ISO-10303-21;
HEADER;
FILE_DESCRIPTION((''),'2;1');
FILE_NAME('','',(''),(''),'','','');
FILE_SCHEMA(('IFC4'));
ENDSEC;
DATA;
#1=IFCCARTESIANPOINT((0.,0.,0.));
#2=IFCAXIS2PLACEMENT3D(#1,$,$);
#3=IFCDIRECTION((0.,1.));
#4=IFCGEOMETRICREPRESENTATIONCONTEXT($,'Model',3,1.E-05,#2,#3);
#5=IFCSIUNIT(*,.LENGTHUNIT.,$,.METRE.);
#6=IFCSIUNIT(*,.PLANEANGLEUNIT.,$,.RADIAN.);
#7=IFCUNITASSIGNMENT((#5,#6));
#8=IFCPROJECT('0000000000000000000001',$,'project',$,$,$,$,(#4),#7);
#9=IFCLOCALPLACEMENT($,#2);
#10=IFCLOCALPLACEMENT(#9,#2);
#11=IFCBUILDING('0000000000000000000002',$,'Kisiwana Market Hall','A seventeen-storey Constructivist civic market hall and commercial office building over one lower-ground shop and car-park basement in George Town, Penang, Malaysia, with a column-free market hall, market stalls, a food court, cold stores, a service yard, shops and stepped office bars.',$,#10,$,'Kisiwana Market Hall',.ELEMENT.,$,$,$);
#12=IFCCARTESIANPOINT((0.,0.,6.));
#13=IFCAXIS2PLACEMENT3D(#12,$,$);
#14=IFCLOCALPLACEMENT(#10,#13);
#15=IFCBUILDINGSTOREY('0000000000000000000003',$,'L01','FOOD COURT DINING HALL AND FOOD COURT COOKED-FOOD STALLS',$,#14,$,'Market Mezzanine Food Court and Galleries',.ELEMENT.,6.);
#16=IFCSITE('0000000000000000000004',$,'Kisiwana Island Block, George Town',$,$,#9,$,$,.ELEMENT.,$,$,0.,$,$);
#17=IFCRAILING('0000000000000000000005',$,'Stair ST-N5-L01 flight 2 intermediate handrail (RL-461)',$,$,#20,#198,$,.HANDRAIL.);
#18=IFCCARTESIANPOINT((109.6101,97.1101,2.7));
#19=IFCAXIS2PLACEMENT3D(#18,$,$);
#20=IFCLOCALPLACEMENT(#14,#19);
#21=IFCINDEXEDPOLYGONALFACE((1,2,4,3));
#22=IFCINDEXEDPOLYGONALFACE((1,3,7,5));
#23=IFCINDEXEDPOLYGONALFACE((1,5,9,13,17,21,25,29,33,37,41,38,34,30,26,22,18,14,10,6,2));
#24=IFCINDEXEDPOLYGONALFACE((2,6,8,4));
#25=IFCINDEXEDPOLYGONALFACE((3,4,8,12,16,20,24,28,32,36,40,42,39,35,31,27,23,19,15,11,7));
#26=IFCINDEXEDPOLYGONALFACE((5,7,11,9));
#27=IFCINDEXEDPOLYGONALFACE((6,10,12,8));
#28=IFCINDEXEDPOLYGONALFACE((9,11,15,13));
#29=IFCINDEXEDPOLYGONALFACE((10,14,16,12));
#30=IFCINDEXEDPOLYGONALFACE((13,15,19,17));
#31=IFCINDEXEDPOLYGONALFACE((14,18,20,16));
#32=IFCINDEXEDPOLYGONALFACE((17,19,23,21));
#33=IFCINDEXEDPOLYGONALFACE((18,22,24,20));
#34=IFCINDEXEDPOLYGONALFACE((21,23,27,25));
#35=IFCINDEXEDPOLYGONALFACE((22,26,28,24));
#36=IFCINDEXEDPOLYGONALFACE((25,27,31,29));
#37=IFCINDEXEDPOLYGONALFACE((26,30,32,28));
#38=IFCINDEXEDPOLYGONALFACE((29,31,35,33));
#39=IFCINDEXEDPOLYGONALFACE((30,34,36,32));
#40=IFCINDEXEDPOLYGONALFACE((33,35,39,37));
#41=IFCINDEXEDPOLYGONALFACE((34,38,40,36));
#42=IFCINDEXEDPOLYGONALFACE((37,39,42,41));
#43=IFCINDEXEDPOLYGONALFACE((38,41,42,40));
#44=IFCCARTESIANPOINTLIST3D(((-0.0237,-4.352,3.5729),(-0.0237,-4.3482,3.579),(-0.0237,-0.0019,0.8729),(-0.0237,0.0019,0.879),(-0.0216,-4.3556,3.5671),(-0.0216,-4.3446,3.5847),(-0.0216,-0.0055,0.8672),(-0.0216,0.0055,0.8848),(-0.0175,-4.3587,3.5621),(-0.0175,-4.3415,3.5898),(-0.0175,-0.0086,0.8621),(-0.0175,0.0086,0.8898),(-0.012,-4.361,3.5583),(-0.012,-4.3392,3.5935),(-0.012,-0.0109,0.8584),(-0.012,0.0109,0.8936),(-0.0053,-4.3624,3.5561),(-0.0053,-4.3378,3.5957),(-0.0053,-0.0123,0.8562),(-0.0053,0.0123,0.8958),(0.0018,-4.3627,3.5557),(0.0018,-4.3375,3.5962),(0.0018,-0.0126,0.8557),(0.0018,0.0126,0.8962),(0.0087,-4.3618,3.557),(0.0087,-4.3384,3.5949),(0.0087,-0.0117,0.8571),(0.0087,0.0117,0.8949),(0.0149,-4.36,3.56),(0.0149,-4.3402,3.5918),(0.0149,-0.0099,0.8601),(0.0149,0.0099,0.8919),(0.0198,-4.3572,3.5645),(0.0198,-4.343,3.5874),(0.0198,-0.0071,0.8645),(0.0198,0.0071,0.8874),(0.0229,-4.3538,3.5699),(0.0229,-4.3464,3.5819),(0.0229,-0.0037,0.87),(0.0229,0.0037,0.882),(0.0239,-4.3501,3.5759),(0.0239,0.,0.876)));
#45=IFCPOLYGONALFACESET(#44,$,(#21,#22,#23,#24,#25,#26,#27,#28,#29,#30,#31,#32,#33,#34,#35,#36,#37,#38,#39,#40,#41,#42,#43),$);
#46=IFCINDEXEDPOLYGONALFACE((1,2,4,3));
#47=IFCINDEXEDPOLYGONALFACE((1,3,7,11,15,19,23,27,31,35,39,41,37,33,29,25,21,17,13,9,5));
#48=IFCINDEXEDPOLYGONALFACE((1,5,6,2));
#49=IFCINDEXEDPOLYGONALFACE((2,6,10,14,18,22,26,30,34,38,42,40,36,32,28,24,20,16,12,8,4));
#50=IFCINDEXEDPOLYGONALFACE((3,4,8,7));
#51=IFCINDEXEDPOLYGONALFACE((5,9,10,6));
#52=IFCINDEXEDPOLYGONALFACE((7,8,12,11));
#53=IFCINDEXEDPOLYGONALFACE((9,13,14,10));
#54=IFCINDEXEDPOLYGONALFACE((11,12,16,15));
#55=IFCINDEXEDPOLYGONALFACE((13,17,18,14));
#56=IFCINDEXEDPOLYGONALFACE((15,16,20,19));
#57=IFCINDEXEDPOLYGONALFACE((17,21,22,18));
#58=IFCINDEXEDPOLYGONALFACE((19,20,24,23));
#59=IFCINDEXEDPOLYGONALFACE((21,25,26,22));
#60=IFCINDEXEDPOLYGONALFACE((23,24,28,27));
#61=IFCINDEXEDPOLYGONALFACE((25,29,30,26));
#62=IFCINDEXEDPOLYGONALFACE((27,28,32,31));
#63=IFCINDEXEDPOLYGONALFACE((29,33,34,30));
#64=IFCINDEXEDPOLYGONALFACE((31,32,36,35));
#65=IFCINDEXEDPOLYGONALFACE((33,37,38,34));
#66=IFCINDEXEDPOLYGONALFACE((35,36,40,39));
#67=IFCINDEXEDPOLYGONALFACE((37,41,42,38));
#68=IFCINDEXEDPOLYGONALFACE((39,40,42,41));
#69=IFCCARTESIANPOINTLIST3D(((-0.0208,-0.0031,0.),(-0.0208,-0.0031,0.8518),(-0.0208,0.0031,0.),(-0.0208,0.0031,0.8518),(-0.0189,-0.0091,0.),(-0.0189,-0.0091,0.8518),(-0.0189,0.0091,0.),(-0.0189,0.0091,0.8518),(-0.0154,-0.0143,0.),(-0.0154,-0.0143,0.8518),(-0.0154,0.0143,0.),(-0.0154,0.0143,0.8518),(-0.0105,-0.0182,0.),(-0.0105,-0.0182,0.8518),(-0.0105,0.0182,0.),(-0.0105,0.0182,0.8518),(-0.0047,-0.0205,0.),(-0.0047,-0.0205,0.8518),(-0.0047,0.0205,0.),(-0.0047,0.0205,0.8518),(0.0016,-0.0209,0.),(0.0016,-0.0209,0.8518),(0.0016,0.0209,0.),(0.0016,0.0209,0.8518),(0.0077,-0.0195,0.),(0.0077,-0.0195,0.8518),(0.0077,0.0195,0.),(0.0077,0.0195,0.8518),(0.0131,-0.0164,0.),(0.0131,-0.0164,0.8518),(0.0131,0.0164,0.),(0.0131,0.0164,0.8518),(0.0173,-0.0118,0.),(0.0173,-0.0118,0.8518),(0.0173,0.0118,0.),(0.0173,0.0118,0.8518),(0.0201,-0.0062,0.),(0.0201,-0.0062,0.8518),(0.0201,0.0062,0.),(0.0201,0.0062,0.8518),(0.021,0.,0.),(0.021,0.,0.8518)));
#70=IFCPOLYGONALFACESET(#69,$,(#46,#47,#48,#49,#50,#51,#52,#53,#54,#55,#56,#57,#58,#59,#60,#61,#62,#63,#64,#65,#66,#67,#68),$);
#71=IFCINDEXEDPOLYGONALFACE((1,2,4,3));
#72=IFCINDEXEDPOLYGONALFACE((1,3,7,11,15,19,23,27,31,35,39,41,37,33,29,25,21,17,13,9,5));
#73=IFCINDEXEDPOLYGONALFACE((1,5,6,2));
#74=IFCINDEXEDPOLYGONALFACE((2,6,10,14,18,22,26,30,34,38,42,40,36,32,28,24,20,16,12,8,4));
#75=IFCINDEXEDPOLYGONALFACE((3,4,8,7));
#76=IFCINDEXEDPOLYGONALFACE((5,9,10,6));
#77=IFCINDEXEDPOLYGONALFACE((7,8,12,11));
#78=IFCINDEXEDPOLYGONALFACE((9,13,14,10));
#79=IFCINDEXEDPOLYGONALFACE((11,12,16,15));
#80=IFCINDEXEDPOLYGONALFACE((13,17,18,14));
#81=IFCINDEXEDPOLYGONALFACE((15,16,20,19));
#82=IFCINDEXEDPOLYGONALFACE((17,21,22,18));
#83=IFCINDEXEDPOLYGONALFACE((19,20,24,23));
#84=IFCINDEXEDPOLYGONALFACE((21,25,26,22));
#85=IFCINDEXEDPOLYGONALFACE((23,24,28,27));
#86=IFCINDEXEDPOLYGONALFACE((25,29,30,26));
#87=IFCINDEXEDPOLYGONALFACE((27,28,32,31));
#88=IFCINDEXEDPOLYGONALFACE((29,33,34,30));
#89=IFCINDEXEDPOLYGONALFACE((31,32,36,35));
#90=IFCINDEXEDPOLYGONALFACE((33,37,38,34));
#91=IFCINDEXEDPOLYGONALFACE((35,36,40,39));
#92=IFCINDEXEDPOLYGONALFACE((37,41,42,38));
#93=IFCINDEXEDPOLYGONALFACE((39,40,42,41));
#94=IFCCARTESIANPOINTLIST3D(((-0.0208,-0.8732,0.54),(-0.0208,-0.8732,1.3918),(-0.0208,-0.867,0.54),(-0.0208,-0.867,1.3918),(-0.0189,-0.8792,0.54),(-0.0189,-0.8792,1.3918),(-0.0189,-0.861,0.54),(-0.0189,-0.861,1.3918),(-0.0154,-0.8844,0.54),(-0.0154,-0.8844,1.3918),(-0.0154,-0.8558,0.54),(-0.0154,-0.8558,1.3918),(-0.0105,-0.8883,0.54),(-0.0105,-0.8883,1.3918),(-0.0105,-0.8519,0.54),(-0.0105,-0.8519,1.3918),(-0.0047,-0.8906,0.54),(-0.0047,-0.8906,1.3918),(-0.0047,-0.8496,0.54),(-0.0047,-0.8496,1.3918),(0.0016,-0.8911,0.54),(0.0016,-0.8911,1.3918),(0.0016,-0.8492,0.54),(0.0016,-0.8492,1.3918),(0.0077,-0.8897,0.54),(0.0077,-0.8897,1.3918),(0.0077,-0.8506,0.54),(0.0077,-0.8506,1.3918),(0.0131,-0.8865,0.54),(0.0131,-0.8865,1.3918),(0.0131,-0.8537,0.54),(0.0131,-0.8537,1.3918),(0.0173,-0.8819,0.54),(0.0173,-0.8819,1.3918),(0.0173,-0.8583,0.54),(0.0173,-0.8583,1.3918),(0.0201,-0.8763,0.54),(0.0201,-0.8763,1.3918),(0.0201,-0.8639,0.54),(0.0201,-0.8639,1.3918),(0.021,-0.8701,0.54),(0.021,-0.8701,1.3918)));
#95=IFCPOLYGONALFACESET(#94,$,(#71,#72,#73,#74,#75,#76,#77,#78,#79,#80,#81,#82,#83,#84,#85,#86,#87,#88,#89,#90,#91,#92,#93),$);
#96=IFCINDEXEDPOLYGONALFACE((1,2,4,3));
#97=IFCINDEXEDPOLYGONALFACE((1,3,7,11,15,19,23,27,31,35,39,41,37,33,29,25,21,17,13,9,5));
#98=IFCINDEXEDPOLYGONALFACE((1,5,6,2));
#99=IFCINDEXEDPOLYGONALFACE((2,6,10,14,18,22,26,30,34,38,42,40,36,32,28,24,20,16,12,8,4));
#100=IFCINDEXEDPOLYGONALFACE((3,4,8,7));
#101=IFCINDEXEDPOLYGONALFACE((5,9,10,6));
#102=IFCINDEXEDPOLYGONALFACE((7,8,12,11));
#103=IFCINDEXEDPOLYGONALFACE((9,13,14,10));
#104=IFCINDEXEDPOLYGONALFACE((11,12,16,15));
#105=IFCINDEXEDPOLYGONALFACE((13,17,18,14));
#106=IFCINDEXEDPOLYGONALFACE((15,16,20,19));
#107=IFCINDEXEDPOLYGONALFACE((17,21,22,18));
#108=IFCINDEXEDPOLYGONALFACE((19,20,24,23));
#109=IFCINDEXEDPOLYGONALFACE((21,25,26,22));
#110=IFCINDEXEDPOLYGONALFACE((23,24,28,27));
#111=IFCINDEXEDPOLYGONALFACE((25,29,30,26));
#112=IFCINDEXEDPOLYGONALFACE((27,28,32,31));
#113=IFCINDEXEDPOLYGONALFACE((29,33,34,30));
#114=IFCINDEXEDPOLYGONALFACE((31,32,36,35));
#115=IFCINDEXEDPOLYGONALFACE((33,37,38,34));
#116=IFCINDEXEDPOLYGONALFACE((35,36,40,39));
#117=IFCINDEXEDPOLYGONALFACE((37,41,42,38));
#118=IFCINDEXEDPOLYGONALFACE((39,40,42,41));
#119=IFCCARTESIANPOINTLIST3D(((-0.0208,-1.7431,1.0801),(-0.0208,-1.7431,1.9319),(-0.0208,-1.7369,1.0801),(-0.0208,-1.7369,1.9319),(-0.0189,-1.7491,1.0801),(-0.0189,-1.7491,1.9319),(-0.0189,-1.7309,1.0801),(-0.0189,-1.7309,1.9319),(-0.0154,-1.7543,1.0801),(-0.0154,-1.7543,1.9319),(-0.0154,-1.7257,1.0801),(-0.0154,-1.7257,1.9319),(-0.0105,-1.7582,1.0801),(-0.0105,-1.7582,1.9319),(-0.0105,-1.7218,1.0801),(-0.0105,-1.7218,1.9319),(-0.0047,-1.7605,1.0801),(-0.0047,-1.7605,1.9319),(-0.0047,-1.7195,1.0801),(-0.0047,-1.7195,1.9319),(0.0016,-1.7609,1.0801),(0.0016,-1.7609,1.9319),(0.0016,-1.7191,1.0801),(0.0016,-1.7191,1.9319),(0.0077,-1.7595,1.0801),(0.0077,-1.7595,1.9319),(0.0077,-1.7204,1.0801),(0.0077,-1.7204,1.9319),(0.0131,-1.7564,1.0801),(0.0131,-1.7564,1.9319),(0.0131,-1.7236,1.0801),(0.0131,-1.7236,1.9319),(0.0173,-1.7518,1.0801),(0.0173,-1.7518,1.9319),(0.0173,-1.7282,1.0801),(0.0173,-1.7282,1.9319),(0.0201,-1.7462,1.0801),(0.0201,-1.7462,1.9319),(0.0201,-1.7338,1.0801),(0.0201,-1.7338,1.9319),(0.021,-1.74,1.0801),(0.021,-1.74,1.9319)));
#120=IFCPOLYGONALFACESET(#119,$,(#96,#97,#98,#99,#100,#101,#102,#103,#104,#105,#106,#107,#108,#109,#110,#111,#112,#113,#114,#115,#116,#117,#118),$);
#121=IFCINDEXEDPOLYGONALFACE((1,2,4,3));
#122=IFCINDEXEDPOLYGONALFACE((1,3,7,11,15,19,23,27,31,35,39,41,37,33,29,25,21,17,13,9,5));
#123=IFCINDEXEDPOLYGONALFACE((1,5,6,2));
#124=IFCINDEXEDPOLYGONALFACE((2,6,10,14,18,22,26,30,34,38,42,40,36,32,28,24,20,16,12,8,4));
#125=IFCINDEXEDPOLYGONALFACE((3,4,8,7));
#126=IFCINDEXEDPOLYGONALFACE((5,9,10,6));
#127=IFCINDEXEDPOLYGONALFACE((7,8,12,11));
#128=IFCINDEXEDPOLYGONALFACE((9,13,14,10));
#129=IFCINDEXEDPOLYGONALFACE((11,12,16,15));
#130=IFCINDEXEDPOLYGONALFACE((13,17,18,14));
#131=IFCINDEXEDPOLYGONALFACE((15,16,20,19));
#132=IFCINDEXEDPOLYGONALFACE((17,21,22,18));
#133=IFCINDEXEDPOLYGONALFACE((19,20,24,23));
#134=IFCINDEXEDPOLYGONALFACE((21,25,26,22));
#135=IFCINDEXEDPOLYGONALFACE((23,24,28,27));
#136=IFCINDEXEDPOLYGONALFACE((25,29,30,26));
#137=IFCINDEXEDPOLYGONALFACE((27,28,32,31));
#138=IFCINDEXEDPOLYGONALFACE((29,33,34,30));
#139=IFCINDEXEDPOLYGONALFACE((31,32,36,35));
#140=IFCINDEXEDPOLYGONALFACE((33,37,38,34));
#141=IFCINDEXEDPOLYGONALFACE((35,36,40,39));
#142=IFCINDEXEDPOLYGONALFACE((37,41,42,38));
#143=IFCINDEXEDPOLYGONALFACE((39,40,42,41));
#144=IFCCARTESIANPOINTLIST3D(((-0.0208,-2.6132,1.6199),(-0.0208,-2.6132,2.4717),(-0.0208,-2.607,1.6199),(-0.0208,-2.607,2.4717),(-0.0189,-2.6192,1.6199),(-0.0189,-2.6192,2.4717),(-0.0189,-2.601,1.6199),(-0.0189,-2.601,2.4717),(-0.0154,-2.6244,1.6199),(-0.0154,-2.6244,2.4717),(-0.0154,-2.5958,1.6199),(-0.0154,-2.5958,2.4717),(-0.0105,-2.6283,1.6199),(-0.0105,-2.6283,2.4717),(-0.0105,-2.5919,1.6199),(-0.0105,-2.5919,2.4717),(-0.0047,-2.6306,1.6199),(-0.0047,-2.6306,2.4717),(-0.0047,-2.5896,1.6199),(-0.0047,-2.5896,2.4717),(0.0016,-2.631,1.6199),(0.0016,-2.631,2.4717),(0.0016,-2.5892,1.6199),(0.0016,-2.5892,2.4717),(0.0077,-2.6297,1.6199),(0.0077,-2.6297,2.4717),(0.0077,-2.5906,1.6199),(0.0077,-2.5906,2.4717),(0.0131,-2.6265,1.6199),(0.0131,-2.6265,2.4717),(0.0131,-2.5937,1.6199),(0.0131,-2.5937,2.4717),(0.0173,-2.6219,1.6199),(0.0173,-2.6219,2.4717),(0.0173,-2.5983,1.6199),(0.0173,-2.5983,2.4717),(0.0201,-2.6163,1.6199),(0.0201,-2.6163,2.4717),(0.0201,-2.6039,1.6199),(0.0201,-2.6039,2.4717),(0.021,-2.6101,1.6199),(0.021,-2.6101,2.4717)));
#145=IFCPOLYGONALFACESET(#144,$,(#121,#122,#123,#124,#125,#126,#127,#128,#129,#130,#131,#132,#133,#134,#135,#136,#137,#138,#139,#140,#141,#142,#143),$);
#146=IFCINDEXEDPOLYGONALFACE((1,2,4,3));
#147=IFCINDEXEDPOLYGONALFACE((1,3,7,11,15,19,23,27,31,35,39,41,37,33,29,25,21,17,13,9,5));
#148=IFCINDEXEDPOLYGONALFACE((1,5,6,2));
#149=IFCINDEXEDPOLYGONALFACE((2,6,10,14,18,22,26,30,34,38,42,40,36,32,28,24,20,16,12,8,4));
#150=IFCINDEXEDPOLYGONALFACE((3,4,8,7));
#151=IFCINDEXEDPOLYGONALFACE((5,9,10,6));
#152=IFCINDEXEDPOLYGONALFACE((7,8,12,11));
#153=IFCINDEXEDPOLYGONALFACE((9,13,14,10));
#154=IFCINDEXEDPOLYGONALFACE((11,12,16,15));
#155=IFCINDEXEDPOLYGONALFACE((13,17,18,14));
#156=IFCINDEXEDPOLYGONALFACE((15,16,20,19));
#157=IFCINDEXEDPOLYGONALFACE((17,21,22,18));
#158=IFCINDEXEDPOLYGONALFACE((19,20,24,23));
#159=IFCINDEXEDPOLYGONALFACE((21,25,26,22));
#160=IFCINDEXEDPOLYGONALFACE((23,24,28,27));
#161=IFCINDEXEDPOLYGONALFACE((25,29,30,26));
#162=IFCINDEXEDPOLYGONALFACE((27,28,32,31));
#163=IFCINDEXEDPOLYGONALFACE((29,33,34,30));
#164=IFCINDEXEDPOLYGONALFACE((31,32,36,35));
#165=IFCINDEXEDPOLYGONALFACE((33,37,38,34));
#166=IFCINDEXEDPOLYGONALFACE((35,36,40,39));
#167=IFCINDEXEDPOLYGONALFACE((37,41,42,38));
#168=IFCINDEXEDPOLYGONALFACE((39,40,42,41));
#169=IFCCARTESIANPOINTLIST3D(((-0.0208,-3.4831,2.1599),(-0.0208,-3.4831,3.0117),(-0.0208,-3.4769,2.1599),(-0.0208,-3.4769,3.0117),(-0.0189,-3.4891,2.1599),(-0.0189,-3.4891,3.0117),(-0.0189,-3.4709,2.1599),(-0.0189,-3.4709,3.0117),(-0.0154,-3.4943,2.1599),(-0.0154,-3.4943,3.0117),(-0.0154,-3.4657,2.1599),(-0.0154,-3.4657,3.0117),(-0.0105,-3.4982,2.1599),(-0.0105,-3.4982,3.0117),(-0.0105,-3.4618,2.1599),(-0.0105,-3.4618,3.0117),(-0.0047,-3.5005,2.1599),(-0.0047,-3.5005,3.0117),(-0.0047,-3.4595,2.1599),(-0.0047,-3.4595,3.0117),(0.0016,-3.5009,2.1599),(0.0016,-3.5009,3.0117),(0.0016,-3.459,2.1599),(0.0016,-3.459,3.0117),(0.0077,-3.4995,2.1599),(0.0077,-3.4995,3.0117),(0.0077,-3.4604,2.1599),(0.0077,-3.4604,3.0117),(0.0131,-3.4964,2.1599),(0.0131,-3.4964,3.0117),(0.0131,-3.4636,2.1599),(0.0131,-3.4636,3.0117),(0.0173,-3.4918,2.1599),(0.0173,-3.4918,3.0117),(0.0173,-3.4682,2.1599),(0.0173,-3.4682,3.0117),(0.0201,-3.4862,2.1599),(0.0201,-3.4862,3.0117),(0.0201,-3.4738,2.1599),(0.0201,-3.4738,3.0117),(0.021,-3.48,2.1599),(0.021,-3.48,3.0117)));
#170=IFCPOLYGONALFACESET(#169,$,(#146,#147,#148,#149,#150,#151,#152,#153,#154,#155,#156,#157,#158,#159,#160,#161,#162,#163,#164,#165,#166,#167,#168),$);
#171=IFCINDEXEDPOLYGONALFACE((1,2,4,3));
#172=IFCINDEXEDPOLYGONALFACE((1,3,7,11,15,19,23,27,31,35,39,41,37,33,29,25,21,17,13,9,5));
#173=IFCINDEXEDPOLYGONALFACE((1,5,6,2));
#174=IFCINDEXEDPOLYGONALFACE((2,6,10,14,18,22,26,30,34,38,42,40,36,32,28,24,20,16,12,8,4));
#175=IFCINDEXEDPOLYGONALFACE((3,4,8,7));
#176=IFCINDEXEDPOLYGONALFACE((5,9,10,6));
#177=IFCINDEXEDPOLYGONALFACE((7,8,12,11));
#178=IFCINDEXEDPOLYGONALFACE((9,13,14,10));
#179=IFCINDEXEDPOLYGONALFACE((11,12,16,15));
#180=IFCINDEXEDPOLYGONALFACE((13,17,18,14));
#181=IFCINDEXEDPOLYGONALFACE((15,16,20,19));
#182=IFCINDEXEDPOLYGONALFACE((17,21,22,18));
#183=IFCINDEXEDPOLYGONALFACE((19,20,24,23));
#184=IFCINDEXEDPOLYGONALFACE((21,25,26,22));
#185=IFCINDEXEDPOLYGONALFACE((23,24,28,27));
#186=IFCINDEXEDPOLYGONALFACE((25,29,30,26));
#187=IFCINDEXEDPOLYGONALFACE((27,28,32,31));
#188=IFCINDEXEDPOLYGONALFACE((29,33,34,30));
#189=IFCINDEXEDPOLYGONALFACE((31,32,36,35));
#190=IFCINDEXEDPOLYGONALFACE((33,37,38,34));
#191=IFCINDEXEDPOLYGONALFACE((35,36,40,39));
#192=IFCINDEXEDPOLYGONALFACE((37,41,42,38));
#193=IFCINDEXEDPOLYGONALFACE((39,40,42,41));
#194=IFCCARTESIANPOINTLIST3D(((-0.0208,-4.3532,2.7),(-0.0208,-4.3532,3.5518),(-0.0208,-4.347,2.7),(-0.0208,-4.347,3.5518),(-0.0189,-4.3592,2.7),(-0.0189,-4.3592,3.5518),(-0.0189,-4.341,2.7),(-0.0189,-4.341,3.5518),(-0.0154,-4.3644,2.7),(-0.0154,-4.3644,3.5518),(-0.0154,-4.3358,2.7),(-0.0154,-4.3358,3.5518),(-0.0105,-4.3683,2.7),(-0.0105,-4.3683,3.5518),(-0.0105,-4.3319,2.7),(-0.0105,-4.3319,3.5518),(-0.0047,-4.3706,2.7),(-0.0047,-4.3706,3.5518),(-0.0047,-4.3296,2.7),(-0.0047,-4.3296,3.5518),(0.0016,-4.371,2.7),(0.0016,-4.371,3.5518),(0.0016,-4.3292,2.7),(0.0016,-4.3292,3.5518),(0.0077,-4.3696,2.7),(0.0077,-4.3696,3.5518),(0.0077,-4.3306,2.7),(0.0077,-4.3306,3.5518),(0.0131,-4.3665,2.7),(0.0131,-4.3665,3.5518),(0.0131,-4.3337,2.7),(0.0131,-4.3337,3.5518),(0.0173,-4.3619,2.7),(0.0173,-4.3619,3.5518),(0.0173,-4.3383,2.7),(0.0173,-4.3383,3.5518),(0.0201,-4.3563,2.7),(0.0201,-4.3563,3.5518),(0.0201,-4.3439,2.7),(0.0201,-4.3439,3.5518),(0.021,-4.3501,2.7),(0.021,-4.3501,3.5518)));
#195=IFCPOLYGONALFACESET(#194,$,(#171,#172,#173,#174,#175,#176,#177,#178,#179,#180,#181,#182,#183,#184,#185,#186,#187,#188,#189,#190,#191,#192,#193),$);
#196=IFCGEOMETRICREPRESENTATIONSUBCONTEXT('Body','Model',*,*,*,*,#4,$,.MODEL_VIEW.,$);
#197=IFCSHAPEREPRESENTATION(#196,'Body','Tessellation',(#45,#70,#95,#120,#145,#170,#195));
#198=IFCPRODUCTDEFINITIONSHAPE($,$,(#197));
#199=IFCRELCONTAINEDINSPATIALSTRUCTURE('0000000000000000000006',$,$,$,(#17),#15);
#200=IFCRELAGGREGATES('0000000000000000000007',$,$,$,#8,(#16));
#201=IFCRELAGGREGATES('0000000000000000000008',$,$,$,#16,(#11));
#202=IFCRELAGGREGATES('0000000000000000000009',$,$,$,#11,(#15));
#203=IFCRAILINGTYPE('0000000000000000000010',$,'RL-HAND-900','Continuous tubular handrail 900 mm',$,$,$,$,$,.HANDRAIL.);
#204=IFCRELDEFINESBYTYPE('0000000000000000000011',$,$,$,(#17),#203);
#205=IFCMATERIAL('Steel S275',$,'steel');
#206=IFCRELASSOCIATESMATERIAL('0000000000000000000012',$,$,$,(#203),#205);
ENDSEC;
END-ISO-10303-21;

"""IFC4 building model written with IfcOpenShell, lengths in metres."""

from ifc_helpers import new_model, si_unit, direction, frame, origin, origin_2d, place, context, subcontext, project, spatial, circle, extrude, material, type_object, element, save


model = new_model("IFC4")

# Units and contexts
model_context = context("Model", 3, precision=1e-05, world=origin(), true_north=direction((0.0, 1.0)))
body_context = subcontext(model_context, "Body", "Model", "MODEL_VIEW")
ifc_project = project(units=[si_unit("LENGTHUNIT", "METRE"), si_unit("PLANEANGLEUNIT", "RADIAN")], contexts=[model_context])

# Site, building, storey
site_placement = place(None, origin())
site = spatial("IfcSite", under=ifc_project, at=site_placement, Name="Kisiwana Island Block, George Town", CompositionType="ELEMENT", RefElevation=0.0)
building_placement = place(site_placement, origin())
building = spatial("IfcBuilding", under=site, at=building_placement, Name="Kisiwana Market Hall", Description="A seventeen-storey Constructivist civic market hall and commercial office building over one lower-ground shop and car-park basement in George Town, Penang, Malaysia, with a column-free market hall, market stalls, a food court, cold stores, a service yard, shops and stepped office bars.", LongName="Kisiwana Market Hall", CompositionType="ELEMENT")
storey_placement = place(building_placement, frame((0.0, 0.0, 6.0)))
storey = spatial("IfcBuildingStorey", under=building, at=storey_placement, Name="L01", Description="FOOD COURT DINING HALL AND FOOD COURT COOKED-FOOD STALLS", LongName="Market Mezzanine Food Court and Galleries", CompositionType="ELEMENT", Elevation=6.0)

# Railing
ifc_material_1 = material(Name="Steel S275", Category="steel")
railing_type_1 = type_object("IfcRailingType", Name="RL-HAND-900", Description="Continuous tubular handrail 900 mm", PredefinedType="HANDRAIL", material=ifc_material_1)
railing_1_placement = place(storey_placement, frame((109.6101, 97.1101, 2.7)))
element("IfcRailing", 1, at=railing_1_placement, inside=storey, type_object=railing_type_1, Name="Stair ST-N5-L01 flight 2 intermediate handrail (RL-461)", PredefinedType="HANDRAIL", context=body_context, shape_type="SweptSolid", body=[
    extrude(circle(Radius=0.0239, at=origin_2d()), frame((0.0, 0.0, 0.876), z_axis=(0.0, -0.84965, 0.527347), x_axis=(1.0, 0.0, 0.0)), (0.0, 0.0, 1.0), 5.1199),
    extrude(circle(Radius=0.021, at=origin_2d()), origin(), (0.0, 0.0, 1.0), 0.8518),
    extrude(circle(Radius=0.021, at=origin_2d()), frame((0.0, -0.8701, 0.54)), (0.0, 0.0, 1.0), 0.8518),
    extrude(circle(Radius=0.021, at=origin_2d()), frame((0.0, -1.74, 1.0801)), (0.0, 0.0, 1.0), 0.8518),
    extrude(circle(Radius=0.021, at=origin_2d()), frame((0.0, -2.6101, 1.6199)), (0.0, 0.0, 1.0), 0.8518),
    extrude(circle(Radius=0.021, at=origin_2d()), frame((0.0, -3.48, 2.1599)), (0.0, 0.0, 1.0), 0.8518),
    extrude(circle(Radius=0.021, at=origin_2d()), frame((0.0, -4.3501, 2.7)), (0.0, 0.0, 1.0), 0.8518),
])

save(model, "model.ifc")
